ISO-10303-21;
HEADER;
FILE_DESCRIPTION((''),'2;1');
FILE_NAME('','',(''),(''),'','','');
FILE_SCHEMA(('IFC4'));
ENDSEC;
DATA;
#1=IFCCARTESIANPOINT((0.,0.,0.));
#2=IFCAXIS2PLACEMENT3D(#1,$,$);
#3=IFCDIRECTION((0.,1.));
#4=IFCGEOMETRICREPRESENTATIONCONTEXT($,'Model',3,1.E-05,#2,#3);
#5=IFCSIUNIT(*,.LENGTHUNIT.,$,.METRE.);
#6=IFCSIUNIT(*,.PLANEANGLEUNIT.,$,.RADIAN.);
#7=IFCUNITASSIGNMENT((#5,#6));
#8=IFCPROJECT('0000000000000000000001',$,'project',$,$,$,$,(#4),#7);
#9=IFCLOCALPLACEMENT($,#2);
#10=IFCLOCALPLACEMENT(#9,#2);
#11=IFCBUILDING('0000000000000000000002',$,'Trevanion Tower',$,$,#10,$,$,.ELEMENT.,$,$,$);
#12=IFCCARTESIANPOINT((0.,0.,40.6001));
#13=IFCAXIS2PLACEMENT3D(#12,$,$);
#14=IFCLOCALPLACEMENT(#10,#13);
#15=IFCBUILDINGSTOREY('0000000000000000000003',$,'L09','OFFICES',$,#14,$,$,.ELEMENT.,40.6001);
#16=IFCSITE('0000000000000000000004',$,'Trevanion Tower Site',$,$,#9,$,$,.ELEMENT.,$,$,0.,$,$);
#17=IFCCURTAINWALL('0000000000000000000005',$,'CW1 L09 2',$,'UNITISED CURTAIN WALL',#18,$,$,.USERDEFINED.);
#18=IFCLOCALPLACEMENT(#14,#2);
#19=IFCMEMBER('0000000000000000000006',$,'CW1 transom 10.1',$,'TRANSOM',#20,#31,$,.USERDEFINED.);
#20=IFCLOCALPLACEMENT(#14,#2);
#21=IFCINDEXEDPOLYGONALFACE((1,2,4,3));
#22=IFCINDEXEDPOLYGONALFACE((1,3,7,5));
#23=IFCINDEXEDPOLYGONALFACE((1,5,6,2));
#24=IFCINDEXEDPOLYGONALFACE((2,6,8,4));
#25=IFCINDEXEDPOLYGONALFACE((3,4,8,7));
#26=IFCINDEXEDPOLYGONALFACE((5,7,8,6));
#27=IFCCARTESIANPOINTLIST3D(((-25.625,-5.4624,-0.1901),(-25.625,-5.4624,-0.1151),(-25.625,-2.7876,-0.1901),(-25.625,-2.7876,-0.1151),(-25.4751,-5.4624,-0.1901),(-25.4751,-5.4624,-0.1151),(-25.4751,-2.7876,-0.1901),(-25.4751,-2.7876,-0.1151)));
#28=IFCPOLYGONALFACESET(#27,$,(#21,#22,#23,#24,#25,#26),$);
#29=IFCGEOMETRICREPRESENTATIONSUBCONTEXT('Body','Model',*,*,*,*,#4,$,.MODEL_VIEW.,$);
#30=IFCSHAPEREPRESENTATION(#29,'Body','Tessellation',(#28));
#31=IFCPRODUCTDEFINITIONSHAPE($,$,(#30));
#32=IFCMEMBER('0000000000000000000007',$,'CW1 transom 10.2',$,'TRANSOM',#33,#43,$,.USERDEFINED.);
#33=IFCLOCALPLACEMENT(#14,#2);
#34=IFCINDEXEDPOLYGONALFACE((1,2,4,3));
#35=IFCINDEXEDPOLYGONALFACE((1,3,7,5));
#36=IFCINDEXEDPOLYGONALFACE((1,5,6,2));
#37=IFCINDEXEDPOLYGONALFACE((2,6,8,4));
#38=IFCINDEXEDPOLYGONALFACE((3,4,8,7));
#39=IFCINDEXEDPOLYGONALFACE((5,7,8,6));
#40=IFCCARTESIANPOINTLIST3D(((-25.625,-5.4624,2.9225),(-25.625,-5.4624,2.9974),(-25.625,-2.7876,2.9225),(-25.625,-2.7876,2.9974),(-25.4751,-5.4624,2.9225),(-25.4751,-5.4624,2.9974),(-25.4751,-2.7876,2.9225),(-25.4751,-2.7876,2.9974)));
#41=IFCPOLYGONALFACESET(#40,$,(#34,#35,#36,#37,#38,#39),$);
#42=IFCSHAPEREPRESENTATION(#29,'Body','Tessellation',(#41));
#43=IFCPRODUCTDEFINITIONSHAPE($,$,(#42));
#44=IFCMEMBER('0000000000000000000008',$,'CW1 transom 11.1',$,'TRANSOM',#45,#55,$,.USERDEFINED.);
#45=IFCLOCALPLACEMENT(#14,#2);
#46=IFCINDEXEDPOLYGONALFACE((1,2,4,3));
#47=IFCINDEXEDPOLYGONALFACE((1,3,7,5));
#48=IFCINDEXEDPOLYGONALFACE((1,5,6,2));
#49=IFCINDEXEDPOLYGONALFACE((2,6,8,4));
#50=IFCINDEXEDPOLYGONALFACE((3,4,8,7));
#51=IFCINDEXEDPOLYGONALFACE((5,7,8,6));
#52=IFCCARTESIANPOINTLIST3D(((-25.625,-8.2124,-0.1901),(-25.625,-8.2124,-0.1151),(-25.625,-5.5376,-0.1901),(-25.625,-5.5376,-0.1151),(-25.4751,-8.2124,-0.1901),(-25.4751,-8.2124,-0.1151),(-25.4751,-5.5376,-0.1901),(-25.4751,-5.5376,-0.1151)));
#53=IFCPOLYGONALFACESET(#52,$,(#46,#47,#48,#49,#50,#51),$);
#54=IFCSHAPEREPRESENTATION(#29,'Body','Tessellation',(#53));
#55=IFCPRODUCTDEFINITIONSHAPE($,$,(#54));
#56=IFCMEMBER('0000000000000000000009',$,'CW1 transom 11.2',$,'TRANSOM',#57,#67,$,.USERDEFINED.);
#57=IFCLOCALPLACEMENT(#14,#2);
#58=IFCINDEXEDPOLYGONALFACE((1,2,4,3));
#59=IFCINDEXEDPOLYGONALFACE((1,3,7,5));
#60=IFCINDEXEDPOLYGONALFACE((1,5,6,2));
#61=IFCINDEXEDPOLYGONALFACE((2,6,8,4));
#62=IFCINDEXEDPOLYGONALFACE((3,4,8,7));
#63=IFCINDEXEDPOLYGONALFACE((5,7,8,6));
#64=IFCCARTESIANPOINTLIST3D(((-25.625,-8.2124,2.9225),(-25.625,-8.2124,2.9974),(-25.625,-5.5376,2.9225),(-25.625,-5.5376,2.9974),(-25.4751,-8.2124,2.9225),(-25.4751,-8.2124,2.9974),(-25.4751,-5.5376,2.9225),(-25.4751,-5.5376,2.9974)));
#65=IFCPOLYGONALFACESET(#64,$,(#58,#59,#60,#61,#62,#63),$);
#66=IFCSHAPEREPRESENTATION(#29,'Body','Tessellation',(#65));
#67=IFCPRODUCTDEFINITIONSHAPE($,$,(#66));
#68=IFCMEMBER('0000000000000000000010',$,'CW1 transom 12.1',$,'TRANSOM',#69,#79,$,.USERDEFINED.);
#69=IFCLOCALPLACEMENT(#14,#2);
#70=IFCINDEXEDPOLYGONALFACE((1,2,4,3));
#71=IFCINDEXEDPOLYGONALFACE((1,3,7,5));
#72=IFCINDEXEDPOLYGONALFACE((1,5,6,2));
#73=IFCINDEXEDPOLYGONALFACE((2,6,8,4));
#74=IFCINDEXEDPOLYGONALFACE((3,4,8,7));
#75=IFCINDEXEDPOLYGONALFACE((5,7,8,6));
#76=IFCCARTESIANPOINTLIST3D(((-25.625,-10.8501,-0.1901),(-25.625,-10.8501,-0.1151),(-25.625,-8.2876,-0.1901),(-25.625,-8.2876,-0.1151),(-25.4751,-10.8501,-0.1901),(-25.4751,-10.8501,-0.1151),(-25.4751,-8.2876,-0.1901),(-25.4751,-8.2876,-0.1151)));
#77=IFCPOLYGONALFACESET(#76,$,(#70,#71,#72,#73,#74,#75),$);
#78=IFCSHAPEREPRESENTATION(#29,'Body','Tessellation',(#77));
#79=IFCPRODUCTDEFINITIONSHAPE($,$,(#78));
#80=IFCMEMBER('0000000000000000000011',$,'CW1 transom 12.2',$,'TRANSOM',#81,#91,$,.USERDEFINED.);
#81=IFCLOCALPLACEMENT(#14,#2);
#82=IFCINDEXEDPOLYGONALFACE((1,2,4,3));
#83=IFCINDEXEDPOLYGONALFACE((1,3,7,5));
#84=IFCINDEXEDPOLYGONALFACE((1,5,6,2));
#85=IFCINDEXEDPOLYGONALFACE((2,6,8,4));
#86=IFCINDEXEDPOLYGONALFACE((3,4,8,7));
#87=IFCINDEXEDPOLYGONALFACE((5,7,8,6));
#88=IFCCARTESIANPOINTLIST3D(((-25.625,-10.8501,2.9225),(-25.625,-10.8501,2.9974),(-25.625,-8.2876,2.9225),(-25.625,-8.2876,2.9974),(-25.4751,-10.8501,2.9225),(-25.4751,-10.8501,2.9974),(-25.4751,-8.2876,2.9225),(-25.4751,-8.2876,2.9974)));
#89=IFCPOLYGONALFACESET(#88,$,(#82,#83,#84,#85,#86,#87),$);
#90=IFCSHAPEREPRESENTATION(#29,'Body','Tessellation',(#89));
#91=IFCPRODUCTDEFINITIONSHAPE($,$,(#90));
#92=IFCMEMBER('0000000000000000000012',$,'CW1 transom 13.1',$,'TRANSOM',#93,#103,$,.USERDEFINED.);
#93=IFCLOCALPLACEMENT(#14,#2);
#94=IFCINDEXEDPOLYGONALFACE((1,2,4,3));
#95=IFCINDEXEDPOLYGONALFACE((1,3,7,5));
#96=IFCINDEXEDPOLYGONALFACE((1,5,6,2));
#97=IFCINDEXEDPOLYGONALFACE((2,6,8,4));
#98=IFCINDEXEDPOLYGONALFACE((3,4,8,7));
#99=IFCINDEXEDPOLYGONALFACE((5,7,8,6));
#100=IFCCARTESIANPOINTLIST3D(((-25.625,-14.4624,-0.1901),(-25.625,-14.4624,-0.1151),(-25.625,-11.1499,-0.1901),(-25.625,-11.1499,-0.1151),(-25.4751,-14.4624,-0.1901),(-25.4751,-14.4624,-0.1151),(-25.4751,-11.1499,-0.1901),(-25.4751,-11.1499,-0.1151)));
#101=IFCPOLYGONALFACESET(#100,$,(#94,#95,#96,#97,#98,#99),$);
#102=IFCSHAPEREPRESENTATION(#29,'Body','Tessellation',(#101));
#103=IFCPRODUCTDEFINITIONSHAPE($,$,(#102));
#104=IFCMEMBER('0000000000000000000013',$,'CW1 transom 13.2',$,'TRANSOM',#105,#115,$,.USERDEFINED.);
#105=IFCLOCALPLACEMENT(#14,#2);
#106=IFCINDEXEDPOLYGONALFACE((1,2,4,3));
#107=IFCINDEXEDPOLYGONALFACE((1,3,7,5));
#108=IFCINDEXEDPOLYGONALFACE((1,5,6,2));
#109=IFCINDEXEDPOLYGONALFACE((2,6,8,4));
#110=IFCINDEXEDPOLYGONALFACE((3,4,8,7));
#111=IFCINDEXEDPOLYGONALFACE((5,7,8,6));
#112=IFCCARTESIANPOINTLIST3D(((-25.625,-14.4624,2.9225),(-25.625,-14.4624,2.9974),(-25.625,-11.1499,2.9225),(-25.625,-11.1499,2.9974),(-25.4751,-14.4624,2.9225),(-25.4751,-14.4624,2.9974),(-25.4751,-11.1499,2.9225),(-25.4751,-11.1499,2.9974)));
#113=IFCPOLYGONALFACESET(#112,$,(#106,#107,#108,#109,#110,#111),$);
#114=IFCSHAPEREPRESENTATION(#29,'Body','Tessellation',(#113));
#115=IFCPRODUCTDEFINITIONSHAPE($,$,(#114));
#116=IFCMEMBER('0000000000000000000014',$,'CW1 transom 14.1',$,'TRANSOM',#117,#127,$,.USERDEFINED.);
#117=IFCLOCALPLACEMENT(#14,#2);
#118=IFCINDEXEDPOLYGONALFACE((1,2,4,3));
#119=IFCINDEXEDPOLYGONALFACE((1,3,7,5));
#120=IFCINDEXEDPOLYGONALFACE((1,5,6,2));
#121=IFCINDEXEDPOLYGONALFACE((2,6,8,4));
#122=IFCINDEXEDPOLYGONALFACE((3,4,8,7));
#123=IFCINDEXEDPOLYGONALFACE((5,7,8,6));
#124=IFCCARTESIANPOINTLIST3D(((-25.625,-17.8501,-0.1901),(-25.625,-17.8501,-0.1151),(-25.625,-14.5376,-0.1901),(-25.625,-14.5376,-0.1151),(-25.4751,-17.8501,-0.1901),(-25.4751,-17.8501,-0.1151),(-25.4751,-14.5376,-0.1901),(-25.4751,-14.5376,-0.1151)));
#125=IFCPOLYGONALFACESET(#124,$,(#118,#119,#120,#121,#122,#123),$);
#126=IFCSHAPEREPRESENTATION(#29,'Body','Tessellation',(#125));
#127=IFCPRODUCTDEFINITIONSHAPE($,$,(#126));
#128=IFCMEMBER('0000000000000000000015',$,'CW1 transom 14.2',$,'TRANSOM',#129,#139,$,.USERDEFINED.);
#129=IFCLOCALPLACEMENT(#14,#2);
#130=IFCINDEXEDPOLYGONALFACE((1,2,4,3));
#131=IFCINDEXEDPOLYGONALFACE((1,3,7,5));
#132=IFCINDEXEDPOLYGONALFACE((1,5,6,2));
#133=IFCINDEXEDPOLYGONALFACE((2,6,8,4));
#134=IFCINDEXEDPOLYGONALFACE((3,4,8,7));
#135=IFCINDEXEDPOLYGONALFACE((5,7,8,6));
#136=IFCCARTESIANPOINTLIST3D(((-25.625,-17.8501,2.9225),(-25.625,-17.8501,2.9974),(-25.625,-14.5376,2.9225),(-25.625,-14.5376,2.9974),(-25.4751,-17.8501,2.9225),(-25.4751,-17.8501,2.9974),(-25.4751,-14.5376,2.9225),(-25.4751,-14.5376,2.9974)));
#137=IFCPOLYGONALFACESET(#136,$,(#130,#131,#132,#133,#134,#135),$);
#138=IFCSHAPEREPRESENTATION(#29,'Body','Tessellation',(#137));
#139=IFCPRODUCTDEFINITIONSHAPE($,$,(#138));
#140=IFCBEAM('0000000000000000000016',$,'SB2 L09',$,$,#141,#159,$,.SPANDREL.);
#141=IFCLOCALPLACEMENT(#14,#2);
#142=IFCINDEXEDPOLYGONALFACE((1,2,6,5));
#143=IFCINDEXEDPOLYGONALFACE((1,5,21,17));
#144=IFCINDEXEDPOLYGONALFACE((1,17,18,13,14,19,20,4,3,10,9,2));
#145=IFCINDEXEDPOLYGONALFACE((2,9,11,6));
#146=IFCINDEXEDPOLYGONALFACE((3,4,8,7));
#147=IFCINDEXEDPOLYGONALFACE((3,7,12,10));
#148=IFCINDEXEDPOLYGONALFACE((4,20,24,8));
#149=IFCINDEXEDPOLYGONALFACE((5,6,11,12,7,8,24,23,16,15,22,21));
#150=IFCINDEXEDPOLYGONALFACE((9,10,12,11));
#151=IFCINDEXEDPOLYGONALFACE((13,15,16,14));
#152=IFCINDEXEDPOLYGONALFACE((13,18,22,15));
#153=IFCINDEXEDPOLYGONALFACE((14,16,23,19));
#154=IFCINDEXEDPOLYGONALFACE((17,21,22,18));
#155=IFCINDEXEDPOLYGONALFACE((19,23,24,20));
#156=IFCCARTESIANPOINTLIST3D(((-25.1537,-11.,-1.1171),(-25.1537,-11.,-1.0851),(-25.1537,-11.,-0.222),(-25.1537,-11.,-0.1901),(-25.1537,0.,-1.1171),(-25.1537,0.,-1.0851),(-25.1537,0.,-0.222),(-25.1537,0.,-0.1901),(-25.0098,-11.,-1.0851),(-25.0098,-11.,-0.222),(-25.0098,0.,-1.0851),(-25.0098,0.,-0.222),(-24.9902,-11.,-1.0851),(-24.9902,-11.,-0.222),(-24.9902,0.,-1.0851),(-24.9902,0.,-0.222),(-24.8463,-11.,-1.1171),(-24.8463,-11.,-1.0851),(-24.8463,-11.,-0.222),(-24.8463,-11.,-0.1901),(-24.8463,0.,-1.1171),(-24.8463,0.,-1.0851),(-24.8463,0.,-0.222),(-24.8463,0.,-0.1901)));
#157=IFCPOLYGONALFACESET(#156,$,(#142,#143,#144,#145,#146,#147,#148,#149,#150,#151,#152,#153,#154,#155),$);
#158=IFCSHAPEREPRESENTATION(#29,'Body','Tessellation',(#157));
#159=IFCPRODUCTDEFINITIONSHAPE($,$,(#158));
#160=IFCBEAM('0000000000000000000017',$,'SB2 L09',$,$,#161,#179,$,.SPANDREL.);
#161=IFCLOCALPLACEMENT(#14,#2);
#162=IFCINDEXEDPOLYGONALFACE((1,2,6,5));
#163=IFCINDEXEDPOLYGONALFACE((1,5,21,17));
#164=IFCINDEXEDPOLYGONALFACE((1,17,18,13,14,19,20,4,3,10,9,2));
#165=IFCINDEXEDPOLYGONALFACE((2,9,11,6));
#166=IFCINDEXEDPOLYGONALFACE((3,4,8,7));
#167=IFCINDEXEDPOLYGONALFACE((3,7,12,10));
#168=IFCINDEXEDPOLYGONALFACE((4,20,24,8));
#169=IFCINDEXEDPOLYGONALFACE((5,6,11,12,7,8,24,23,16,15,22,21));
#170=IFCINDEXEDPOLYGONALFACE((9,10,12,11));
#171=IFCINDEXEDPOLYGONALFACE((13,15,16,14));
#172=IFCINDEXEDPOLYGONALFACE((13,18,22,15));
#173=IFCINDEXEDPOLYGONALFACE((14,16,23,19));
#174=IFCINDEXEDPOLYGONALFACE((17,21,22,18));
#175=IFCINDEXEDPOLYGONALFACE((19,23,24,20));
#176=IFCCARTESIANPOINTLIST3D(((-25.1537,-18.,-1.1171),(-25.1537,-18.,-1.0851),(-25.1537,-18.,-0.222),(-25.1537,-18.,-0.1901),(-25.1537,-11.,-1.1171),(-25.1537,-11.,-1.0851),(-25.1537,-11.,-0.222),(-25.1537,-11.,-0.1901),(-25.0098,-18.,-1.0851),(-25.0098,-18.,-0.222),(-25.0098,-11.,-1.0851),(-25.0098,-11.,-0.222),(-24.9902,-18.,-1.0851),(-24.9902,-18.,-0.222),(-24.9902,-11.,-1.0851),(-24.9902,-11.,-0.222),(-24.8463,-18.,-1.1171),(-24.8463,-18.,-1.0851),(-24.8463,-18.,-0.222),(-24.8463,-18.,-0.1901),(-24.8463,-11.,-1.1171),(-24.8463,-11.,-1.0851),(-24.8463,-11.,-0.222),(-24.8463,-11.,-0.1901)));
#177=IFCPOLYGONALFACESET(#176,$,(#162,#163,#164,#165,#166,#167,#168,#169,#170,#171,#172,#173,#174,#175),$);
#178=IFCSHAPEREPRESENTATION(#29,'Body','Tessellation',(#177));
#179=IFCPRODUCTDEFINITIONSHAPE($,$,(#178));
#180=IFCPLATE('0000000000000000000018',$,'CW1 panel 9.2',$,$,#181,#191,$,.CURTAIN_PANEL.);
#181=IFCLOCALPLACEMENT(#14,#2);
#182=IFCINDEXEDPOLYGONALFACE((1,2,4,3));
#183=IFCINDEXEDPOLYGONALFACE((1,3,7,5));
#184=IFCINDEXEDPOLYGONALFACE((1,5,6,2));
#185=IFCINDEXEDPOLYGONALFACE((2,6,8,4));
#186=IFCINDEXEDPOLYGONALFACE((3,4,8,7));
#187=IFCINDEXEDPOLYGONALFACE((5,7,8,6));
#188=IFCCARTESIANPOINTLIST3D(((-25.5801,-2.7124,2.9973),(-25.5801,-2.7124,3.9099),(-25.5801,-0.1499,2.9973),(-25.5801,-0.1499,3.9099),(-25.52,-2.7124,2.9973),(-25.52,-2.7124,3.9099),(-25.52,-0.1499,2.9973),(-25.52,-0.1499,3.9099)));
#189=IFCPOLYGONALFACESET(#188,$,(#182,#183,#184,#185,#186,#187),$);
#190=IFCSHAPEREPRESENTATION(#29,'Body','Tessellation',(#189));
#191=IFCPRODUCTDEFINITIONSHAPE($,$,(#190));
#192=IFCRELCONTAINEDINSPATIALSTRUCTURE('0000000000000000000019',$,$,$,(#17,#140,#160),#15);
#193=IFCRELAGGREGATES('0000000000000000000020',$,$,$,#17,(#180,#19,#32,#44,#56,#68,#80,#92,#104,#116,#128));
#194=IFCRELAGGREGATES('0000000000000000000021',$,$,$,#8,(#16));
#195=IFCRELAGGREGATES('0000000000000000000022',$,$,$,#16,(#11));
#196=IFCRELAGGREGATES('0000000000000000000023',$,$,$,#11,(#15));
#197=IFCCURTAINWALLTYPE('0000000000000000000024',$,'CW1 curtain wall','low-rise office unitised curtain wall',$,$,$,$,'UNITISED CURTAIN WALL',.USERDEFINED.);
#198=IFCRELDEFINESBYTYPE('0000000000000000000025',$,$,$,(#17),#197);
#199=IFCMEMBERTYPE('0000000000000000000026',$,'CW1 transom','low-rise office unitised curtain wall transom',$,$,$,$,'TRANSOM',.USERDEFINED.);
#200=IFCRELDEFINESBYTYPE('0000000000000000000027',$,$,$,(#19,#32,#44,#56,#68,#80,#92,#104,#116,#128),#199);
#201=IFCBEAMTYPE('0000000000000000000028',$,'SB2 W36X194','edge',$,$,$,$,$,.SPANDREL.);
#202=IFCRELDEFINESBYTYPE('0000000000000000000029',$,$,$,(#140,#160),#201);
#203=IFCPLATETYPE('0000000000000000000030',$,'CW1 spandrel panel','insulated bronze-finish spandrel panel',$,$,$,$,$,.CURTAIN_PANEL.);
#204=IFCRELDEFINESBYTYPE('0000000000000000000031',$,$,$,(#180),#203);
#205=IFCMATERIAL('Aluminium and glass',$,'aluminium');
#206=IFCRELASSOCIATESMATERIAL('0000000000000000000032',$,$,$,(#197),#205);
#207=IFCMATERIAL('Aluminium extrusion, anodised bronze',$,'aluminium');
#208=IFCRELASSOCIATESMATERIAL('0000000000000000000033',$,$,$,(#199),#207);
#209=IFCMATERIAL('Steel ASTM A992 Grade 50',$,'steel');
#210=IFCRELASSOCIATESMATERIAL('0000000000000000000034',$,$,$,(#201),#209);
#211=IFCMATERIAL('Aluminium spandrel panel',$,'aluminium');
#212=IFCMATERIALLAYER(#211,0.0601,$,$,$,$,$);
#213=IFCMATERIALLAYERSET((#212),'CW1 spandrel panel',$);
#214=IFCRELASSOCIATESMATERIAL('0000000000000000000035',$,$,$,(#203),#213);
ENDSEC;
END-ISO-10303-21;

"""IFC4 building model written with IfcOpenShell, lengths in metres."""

from ifc_helpers import new_model, si_unit, direction, frame, origin, origin_2d, place, context, subcontext, project, spatial, rectangle, i_section, extrude, material, layer, layer_set, material_profile, profile_set, type_object, element, aggregate, save


model = new_model("IFC4")

# Units and contexts
model_context = context("Model", 3, precision=1e-05, world=origin(), true_north=direction((0.0, 1.0)))
body_context = subcontext(model_context, "Body", "Model", "MODEL_VIEW")
ifc_project = project(units=[si_unit("LENGTHUNIT", "METRE"), si_unit("PLANEANGLEUNIT", "RADIAN")], contexts=[model_context])

# Site, building, storey
site_placement = place(None, origin())
site = spatial("IfcSite", under=ifc_project, at=site_placement, Name="Trevanion Tower Site", CompositionType="ELEMENT", RefElevation=0.0)
building_placement = place(site_placement, origin())
building = spatial("IfcBuilding", under=site, at=building_placement, Name="Trevanion Tower", CompositionType="ELEMENT")
storey_placement = place(building_placement, frame((0.0, 0.0, 40.6001)))
storey = spatial("IfcBuildingStorey", under=building, at=storey_placement, Name="L09", Description="OFFICES", CompositionType="ELEMENT", Elevation=40.6001)

# Curtain wall, members
ifc_material_1 = material(Name="Aluminium and glass", Category="aluminium")
curtain_wall_type = type_object("IfcCurtainWallType", Name="CW1 curtain wall", Description="low-rise office unitised curtain wall", ElementType="UNITISED CURTAIN WALL", PredefinedType="USERDEFINED", material=ifc_material_1)
curtain_wall_placement = place(storey_placement, origin())
curtain_wall = element("IfcCurtainWall", 1, at=curtain_wall_placement, inside=storey, type_object=curtain_wall_type, Name="CW1 L09 2", ObjectType="UNITISED CURTAIN WALL", PredefinedType="USERDEFINED")
ifc_material_2 = material(Name="Aluminium extrusion, anodised bronze", Category="aluminium")
ifc_material_profile_1 = material_profile(ifc_material_2, rectangle(XDim=0.1499, YDim=0.075, at=origin_2d()), Name="CW1 transom")
ifc_profile_set_1 = profile_set([ifc_material_profile_1], Name="Aluminium extrusion, anodised bronze")
member_type_1 = type_object("IfcMemberType", Name="CW1 transom", Description="low-rise office unitised curtain wall transom", ElementType="TRANSOM", PredefinedType="USERDEFINED", material=ifc_profile_set_1)
member_1_placement = place(storey_placement, frame((-25.55, -2.7876, -0.1526), z_axis=(0.0, -1.0, 0.0), x_axis=(1.0, 0.0, 0.0)))
member_1 = element("IfcMember", 2, at=member_1_placement, type_object=member_type_1, Name="CW1 transom 10.1", ObjectType="TRANSOM", PredefinedType="USERDEFINED", context=body_context, shape_type="SweptSolid", body=[
    extrude(rectangle(XDim=0.1499, YDim=0.075, at=origin_2d()), origin(), (0.0, 0.0, 1.0), 2.6748),
])
member_2_placement = place(storey_placement, frame((-25.55, -2.7876, 2.96), z_axis=(0.0, -1.0, 0.0), x_axis=(1.0, 0.0, 0.0)))
member_2 = element("IfcMember", 3, at=member_2_placement, type_object=member_type_1, Name="CW1 transom 10.2", ObjectType="TRANSOM", PredefinedType="USERDEFINED", context=body_context, shape_type="SweptSolid", body=[
    extrude(rectangle(XDim=0.1499, YDim=0.075, at=origin_2d()), origin(), (0.0, 0.0, 1.0), 2.6748),
])
member_3_placement = place(storey_placement, frame((-25.55, -5.5376, -0.1526), z_axis=(0.0, -1.0, 0.0), x_axis=(1.0, 0.0, 0.0)))
member_3 = element("IfcMember", 4, at=member_3_placement, type_object=member_type_1, Name="CW1 transom 11.1", ObjectType="TRANSOM", PredefinedType="USERDEFINED", context=body_context, shape_type="SweptSolid", body=[
    extrude(rectangle(XDim=0.1499, YDim=0.075, at=origin_2d()), origin(), (0.0, 0.0, 1.0), 2.6748),
])
member_4_placement = place(storey_placement, frame((-25.55, -5.5376, 2.96), z_axis=(0.0, -1.0, 0.0), x_axis=(1.0, 0.0, 0.0)))
member_4 = element("IfcMember", 5, at=member_4_placement, type_object=member_type_1, Name="CW1 transom 11.2", ObjectType="TRANSOM", PredefinedType="USERDEFINED", context=body_context, shape_type="SweptSolid", body=[
    extrude(rectangle(XDim=0.1499, YDim=0.075, at=origin_2d()), origin(), (0.0, 0.0, 1.0), 2.6748),
])
member_5_placement = place(storey_placement, frame((-25.55, -8.2876, -0.1526), z_axis=(0.0, -1.0, 0.0), x_axis=(1.0, 0.0, 0.0)))
member_5 = element("IfcMember", 6, at=member_5_placement, type_object=member_type_1, Name="CW1 transom 12.1", ObjectType="TRANSOM", PredefinedType="USERDEFINED", context=body_context, shape_type="SweptSolid", body=[
    extrude(rectangle(XDim=0.1499, YDim=0.075, at=origin_2d()), origin(), (0.0, 0.0, 1.0), 2.5625),
])
member_6_placement = place(storey_placement, frame((-25.55, -8.2876, 2.96), z_axis=(0.0, -1.0, 0.0), x_axis=(1.0, 0.0, 0.0)))
member_6 = element("IfcMember", 7, at=member_6_placement, type_object=member_type_1, Name="CW1 transom 12.2", ObjectType="TRANSOM", PredefinedType="USERDEFINED", context=body_context, shape_type="SweptSolid", body=[
    extrude(rectangle(XDim=0.1499, YDim=0.075, at=origin_2d()), origin(), (0.0, 0.0, 1.0), 2.5625),
])
member_7_placement = place(storey_placement, frame((-25.55, -11.1499, -0.1526), z_axis=(0.0, -1.0, 0.0), x_axis=(1.0, 0.0, 0.0)))
member_7 = element("IfcMember", 8, at=member_7_placement, type_object=member_type_1, Name="CW1 transom 13.1", ObjectType="TRANSOM", PredefinedType="USERDEFINED", context=body_context, shape_type="SweptSolid", body=[
    extrude(rectangle(XDim=0.1499, YDim=0.075, at=origin_2d()), origin(), (0.0, 0.0, 1.0), 3.3125),
])
member_8_placement = place(storey_placement, frame((-25.55, -11.1499, 2.96), z_axis=(0.0, -1.0, 0.0), x_axis=(1.0, 0.0, 0.0)))
member_8 = element("IfcMember", 9, at=member_8_placement, type_object=member_type_1, Name="CW1 transom 13.2", ObjectType="TRANSOM", PredefinedType="USERDEFINED", context=body_context, shape_type="SweptSolid", body=[
    extrude(rectangle(XDim=0.1499, YDim=0.075, at=origin_2d()), origin(), (0.0, 0.0, 1.0), 3.3125),
])
member_9_placement = place(storey_placement, frame((-25.55, -14.5376, -0.1526), z_axis=(0.0, -1.0, 0.0), x_axis=(1.0, 0.0, 0.0)))
member_9 = element("IfcMember", 10, at=member_9_placement, type_object=member_type_1, Name="CW1 transom 14.1", ObjectType="TRANSOM", PredefinedType="USERDEFINED", context=body_context, shape_type="SweptSolid", body=[
    extrude(rectangle(XDim=0.1499, YDim=0.075, at=origin_2d()), origin(), (0.0, 0.0, 1.0), 3.3125),
])
member_10_placement = place(storey_placement, frame((-25.55, -14.5376, 2.96), z_axis=(0.0, -1.0, 0.0), x_axis=(1.0, 0.0, 0.0)))
member_10 = element("IfcMember", 11, at=member_10_placement, type_object=member_type_1, Name="CW1 transom 14.2", ObjectType="TRANSOM", PredefinedType="USERDEFINED", context=body_context, shape_type="SweptSolid", body=[
    extrude(rectangle(XDim=0.1499, YDim=0.075, at=origin_2d()), origin(), (0.0, 0.0, 1.0), 3.3125),
])

# Beams
ifc_material_3 = material(Name="Steel ASTM A992 Grade 50", Category="steel")
ifc_material_profile_2 = material_profile(ifc_material_3, i_section(OverallWidth=0.3074, OverallDepth=0.927, WebThickness=0.0195, FlangeThickness=0.032, at=origin_2d()), Name="W36X194")
ifc_profile_set_2 = profile_set([ifc_material_profile_2], Name="Steel ASTM A992 Grade 50")
beam_type_1 = type_object("IfcBeamType", Name="SB2 W36X194", Description="edge", PredefinedType="SPANDREL", material=ifc_profile_set_2)
beam_1_placement = place(storey_placement, frame((-25.0, 0.0, -0.6536), z_axis=(0.0, -1.0, 0.0), x_axis=(1.0, 0.0, 0.0)))
element("IfcBeam", 12, at=beam_1_placement, inside=storey, type_object=beam_type_1, Name="SB2 L09", PredefinedType="SPANDREL", context=body_context, shape_type="SweptSolid", body=[
    extrude(i_section(OverallWidth=0.3074, OverallDepth=0.927, WebThickness=0.0195, FlangeThickness=0.032, at=origin_2d()), origin(), (0.0, 0.0, 1.0), 11.0),
])
beam_2_placement = place(storey_placement, frame((-25.0, -11.0, -0.6536), z_axis=(0.0, -1.0, 0.0), x_axis=(1.0, 0.0, 0.0)))
element("IfcBeam", 13, at=beam_2_placement, inside=storey, type_object=beam_type_1, Name="SB2 L09", PredefinedType="SPANDREL", context=body_context, shape_type="SweptSolid", body=[
    extrude(i_section(OverallWidth=0.3074, OverallDepth=0.927, WebThickness=0.0195, FlangeThickness=0.032, at=origin_2d()), origin(), (0.0, 0.0, 1.0), 7.0),
])

# Plate
ifc_material_4 = material(Name="Aluminium spandrel panel", Category="aluminium")
ifc_layer_1 = layer(ifc_material_4, 0.0601)
ifc_layer_set_1 = layer_set([ifc_layer_1], Name="CW1 spandrel panel")
plate_type_1 = type_object("IfcPlateType", Name="CW1 spandrel panel", Description="insulated bronze-finish spandrel panel", PredefinedType="CURTAIN_PANEL", material=ifc_layer_set_1)
plate_1_placement = place(storey_placement, frame((-25.55, -1.4312, 2.9973), z_axis=(0.0, 0.0, 1.0), x_axis=(0.0, -1.0, 0.0)))
plate_1 = element("IfcPlate", 14, at=plate_1_placement, type_object=plate_type_1, Name="CW1 panel 9.2", PredefinedType="CURTAIN_PANEL", context=body_context, shape_type="SweptSolid", body=[
    extrude(rectangle(XDim=2.5625, YDim=0.0601, at=origin_2d()), origin(), (0.0, 0.0, 1.0), 0.9126),
])
aggregate(curtain_wall, [plate_1, member_1, member_2, member_3, member_4, member_5, member_6, member_7, member_8, member_9, member_10])

save(model, "model.ifc")
